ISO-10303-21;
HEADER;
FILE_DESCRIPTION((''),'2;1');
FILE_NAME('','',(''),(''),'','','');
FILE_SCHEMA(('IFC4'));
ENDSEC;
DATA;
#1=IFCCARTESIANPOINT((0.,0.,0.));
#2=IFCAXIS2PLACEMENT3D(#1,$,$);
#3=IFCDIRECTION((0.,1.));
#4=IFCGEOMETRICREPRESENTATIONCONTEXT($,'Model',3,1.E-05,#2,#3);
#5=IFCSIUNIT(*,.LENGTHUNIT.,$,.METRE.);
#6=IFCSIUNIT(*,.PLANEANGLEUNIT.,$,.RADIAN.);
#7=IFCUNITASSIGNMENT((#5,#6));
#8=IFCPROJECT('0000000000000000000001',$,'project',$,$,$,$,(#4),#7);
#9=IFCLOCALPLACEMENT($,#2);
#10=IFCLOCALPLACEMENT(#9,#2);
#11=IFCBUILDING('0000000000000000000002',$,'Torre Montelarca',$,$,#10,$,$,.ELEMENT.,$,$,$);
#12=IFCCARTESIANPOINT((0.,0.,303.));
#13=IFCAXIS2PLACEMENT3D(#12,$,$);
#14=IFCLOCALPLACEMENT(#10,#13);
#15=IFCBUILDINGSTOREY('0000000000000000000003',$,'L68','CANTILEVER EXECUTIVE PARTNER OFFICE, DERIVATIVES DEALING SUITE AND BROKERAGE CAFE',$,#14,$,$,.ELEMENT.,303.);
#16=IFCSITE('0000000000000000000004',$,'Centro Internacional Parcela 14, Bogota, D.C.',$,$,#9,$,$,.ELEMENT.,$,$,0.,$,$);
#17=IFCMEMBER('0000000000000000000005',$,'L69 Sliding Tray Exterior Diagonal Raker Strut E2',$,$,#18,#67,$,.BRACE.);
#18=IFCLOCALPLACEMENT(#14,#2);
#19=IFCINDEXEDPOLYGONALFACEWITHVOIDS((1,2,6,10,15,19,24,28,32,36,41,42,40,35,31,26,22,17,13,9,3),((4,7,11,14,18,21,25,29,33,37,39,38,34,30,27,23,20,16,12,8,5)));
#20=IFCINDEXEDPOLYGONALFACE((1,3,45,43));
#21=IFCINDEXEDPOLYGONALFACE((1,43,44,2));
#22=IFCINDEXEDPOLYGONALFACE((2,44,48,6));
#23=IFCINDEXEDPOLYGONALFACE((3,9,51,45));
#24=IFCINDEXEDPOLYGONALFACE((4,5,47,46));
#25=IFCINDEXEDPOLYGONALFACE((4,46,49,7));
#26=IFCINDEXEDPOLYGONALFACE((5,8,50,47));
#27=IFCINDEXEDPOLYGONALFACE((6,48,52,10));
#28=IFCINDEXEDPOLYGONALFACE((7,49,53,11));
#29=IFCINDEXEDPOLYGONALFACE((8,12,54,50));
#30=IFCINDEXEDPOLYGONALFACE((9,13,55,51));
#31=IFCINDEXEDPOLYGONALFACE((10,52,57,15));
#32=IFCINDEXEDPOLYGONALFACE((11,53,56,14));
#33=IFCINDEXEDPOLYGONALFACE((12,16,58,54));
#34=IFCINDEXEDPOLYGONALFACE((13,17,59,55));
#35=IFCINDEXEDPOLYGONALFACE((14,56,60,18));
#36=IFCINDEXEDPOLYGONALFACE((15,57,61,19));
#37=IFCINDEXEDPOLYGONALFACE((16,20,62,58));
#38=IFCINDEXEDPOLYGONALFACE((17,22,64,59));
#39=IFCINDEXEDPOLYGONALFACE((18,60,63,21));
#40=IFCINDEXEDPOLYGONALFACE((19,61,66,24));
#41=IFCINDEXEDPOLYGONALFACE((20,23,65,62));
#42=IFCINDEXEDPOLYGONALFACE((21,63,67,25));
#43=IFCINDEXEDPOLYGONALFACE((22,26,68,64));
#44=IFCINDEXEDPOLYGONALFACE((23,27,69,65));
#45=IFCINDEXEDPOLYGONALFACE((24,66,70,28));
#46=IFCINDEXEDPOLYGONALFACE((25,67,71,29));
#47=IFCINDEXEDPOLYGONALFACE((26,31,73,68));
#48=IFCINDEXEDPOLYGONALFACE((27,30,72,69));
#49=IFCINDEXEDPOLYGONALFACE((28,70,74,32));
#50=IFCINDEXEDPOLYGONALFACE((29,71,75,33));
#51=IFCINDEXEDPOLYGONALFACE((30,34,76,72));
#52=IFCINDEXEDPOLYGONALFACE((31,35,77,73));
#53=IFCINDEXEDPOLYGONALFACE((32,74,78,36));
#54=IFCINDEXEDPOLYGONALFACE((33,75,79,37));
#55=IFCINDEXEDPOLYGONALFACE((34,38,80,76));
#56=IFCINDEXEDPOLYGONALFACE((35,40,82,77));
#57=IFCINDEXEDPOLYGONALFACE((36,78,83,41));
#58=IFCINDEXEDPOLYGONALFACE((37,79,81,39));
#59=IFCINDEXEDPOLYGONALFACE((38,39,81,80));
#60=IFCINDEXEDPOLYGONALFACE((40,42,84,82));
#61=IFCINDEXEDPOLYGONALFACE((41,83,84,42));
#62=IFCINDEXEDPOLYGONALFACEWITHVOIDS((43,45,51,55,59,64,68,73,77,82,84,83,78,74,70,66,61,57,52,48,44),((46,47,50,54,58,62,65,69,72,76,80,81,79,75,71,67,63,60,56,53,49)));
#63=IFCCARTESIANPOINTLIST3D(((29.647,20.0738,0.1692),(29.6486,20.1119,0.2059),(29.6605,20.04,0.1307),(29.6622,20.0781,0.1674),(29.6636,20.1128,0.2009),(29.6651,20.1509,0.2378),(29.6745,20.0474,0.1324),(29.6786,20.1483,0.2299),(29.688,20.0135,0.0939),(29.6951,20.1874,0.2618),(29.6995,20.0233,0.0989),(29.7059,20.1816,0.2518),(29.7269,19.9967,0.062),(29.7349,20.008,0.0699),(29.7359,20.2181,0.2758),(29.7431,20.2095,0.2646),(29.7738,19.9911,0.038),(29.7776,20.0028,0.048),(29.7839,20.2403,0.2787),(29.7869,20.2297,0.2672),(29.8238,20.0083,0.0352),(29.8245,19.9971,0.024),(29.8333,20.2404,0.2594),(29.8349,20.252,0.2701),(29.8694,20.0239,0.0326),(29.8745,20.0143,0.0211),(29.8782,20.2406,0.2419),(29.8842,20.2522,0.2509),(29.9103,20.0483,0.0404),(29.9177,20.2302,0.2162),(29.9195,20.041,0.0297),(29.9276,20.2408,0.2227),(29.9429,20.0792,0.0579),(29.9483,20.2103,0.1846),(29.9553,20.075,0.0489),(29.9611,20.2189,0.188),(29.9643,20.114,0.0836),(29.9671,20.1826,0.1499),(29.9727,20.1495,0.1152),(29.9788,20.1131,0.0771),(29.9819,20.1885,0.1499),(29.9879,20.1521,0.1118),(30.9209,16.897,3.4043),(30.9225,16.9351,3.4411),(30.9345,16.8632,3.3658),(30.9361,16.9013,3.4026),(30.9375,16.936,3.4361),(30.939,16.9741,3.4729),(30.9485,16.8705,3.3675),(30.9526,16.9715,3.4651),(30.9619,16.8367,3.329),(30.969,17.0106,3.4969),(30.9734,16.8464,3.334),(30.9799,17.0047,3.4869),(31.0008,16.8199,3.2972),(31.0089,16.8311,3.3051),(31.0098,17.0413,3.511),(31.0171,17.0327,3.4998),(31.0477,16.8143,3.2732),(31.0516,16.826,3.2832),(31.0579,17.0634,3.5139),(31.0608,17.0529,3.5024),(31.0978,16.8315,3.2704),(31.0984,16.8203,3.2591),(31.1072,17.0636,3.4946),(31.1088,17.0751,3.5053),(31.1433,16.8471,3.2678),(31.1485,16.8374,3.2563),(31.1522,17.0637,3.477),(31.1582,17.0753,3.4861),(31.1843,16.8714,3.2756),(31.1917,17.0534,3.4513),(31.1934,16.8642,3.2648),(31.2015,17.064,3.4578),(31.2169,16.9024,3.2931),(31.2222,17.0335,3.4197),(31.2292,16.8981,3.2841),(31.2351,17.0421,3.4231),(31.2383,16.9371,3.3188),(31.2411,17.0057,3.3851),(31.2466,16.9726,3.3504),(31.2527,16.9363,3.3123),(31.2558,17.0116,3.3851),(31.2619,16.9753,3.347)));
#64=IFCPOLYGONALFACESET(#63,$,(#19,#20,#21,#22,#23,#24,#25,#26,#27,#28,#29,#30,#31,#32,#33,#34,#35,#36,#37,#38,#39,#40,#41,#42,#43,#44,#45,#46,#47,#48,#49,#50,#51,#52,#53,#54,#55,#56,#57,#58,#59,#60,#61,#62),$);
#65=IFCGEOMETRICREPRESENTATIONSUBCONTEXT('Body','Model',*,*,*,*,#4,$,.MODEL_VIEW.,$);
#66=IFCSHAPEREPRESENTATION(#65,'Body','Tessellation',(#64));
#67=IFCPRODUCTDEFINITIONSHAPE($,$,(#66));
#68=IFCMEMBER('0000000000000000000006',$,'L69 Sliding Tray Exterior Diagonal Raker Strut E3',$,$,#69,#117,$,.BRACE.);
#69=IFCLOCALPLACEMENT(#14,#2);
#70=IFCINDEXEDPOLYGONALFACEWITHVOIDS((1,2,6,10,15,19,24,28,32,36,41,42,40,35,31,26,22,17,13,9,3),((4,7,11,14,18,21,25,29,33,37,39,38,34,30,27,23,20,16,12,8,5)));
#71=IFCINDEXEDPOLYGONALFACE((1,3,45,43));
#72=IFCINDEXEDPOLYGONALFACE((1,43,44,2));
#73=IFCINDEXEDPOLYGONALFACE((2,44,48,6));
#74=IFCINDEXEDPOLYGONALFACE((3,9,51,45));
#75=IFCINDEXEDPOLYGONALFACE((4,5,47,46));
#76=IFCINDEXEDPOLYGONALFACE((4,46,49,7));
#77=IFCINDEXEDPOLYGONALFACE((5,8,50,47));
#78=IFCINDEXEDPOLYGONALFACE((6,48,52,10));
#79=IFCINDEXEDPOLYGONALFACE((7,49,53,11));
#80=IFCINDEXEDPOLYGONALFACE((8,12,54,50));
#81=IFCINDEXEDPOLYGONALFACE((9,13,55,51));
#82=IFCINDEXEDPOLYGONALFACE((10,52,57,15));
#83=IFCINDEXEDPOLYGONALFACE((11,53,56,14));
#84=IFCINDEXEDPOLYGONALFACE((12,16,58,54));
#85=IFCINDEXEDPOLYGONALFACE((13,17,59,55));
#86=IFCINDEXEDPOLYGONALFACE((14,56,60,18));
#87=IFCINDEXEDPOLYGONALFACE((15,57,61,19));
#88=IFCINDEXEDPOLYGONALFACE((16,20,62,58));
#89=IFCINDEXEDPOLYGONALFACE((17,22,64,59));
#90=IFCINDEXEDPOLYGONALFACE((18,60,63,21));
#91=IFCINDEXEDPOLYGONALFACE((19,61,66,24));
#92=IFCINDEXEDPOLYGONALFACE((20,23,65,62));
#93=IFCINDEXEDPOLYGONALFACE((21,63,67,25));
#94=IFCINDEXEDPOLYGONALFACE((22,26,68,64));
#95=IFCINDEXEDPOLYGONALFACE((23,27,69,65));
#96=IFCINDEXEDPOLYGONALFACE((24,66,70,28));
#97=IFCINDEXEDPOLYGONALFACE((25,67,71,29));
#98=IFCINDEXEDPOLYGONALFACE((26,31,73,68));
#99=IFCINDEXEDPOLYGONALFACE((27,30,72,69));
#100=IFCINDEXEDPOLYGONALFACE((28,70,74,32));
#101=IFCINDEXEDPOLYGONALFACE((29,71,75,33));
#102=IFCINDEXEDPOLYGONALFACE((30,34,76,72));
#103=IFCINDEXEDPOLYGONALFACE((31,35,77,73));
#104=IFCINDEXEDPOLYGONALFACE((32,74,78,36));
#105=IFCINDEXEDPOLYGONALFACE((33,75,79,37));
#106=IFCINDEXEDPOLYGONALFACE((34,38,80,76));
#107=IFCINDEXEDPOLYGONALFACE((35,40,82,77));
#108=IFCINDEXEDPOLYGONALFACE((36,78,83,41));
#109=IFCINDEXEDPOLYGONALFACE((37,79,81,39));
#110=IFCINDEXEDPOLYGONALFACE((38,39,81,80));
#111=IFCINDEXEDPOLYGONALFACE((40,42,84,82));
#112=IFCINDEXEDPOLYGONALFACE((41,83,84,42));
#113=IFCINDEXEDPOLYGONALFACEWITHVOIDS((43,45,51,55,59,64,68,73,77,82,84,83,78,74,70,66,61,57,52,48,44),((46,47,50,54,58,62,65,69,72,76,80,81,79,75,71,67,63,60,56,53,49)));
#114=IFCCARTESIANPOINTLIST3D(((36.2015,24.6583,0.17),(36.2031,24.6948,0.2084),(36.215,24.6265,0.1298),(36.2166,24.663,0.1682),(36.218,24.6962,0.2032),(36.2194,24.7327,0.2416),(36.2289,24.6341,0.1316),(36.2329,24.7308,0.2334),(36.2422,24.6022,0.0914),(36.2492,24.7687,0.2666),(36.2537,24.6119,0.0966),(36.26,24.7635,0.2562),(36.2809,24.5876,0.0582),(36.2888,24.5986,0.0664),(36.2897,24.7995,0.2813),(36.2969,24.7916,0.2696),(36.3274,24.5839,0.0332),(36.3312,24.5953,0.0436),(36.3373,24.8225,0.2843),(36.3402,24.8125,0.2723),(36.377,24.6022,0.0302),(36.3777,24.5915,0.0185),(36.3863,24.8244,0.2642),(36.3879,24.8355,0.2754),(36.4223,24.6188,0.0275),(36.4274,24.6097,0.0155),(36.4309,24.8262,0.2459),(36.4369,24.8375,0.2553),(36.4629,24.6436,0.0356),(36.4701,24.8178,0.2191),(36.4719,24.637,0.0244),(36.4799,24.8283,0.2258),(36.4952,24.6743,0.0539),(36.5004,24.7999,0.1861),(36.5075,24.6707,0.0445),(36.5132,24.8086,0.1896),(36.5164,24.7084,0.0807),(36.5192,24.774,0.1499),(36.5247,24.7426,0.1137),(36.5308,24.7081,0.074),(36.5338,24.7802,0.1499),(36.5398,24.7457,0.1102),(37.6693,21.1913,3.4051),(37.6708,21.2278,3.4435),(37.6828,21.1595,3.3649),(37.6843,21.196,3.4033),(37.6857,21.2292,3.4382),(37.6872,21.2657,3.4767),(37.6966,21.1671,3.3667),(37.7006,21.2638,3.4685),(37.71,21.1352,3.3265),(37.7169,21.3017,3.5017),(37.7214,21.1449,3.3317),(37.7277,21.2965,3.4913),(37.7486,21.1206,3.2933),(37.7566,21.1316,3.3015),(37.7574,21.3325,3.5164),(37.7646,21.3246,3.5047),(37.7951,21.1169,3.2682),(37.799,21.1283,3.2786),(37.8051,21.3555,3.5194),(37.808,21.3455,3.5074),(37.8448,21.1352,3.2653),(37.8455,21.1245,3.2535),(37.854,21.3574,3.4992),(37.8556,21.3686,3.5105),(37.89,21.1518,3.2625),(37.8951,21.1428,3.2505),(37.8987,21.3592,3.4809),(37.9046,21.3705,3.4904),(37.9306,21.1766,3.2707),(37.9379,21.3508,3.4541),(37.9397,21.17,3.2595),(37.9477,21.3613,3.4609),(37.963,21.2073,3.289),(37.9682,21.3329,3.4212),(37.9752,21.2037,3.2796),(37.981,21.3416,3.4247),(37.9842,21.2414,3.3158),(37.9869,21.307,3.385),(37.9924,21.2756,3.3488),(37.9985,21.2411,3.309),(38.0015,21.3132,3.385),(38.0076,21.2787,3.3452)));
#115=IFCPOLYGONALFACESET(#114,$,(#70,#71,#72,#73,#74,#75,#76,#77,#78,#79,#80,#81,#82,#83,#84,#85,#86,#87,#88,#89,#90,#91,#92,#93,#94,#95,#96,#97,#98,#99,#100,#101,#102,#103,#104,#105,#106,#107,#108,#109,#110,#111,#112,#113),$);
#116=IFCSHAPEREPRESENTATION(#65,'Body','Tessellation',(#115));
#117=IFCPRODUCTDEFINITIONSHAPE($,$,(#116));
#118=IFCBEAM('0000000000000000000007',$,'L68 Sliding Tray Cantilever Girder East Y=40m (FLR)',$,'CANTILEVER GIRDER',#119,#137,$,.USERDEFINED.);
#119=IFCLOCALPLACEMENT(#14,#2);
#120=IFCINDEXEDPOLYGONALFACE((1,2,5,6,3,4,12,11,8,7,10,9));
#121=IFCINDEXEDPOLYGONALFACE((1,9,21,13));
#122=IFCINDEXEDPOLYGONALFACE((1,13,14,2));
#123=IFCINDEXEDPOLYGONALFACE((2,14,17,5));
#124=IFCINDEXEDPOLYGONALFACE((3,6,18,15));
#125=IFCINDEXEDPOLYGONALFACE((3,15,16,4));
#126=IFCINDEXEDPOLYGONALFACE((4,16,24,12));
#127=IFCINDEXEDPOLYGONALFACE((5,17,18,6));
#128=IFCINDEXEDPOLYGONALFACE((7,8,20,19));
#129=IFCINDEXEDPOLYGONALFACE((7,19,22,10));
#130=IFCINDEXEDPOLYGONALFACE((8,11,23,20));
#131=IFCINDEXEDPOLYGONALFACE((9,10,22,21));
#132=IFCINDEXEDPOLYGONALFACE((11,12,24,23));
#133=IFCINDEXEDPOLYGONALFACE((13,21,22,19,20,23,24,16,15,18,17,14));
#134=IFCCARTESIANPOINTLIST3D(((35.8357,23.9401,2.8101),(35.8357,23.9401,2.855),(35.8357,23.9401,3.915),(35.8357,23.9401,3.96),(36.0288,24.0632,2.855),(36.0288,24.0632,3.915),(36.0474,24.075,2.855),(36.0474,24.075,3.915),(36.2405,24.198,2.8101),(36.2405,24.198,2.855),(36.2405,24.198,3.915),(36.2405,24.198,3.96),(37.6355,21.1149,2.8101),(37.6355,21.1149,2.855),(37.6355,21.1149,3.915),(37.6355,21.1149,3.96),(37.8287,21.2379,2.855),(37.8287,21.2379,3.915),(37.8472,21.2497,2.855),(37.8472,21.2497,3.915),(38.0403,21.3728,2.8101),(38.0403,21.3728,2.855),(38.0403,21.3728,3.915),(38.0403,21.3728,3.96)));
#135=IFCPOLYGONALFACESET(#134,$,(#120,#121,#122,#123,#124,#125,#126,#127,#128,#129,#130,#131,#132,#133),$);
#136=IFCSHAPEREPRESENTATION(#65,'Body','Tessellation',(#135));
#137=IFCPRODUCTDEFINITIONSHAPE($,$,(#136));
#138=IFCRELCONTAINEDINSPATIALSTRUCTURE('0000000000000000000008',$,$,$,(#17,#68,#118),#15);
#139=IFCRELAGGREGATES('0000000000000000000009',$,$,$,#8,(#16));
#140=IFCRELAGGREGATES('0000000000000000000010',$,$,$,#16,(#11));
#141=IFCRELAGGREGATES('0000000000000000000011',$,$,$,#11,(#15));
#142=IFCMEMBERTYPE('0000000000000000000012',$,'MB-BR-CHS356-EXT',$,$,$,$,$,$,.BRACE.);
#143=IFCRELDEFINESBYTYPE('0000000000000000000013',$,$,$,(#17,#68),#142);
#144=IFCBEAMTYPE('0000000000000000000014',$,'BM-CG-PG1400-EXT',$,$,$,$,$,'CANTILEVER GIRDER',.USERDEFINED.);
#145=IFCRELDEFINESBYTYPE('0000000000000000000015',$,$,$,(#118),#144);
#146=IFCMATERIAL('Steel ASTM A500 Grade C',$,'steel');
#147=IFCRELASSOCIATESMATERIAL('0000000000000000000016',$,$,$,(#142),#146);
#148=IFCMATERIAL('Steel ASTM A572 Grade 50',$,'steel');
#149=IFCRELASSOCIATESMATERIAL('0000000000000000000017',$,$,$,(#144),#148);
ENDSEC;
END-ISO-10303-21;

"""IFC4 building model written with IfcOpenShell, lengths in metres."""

from ifc_helpers import new_model, si_unit, direction, frame, origin, origin_2d, place, context, subcontext, project, spatial, hollow_circle, i_section, extrude, source, transform, mapped, material, material_profile, profile_set, type_object, element, save


model = new_model("IFC4")

# Units and contexts
model_context = context("Model", 3, precision=1e-05, world=origin(), true_north=direction((0.0, 1.0)))
body_context = subcontext(model_context, "Body", "Model", "MODEL_VIEW")
ifc_project = project(units=[si_unit("LENGTHUNIT", "METRE"), si_unit("PLANEANGLEUNIT", "RADIAN")], contexts=[model_context])

# Site, building, storey
site_placement = place(None, origin())
site = spatial("IfcSite", under=ifc_project, at=site_placement, Name="Centro Internacional Parcela 14, Bogota, D.C.", CompositionType="ELEMENT", RefElevation=0.0)
building_placement = place(site_placement, origin())
building = spatial("IfcBuilding", under=site, at=building_placement, Name="Torre Montelarca", CompositionType="ELEMENT")
storey_placement = place(building_placement, frame((0.0, 0.0, 303.0)))
storey = spatial("IfcBuildingStorey", under=building, at=storey_placement, Name="L68", Description="CANTILEVER EXECUTIVE PARTNER OFFICE, DERIVATIVES DEALING SUITE AND BROKERAGE CAFE", CompositionType="ELEMENT", Elevation=303.0)

# Members
ifc_material_1 = material(Name="Steel ASTM A500 Grade C", Category="steel")
ifc_material_profile_1 = material_profile(ifc_material_1, hollow_circle(Radius=0.1777, WallThickness=0.0159, at=origin_2d()), Name="HSS355.6X15.9", Category="steel")
ifc_profile_set_1 = profile_set([ifc_material_profile_1], Name="Steel ASTM A500 Grade C")
member_type_1 = type_object("IfcMemberType", Name="MB-BR-CHS356-EXT", PredefinedType="BRACE", material=ifc_profile_set_1)
shared_shape_1 = source(origin(), body_context, "Body", "SweptSolid", [
    extrude(hollow_circle(Radius=0.1777, WallThickness=0.0159, at=origin_2d()), origin(), (0.0, 0.0, 1.0), 4.7097),
])
member_1_placement = place(storey_placement, frame((29.8169, 20.1223, 0.1499), z_axis=(0.270494, -0.674524, 0.686914), x_axis=(0.928152, 0.372202, 0.0)))
element("IfcMember", 1, at=member_1_placement, inside=storey, type_object=member_type_1, Name="L69 Sliding Tray Exterior Diagonal Raker Strut E2", PredefinedType="BRACE", context=body_context, shape_type="MappedRepresentation", body=[
    mapped(shared_shape_1, transform((0.0, 0.0, 0.0), scale=1.0)),
])
shared_shape_2 = source(origin(), body_context, "Body", "SweptSolid", [
    extrude(hollow_circle(Radius=0.1777, WallThickness=0.0159, at=origin_2d()), origin(), (0.0, 0.0, 1.0), 4.9639),
])
member_2_placement = place(storey_placement, frame((36.3701, 24.7109, 0.1499), z_axis=(0.295687, -0.698446, 0.651722), x_axis=(0.920877, 0.389854, 0.0)))
element("IfcMember", 2, at=member_2_placement, inside=storey, type_object=member_type_1, Name="L69 Sliding Tray Exterior Diagonal Raker Strut E3", PredefinedType="BRACE", context=body_context, shape_type="MappedRepresentation", body=[
    mapped(shared_shape_2, transform((0.0, 0.0, 0.0), scale=1.0)),
])

# Beam
ifc_material_2 = material(Name="Steel ASTM A572 Grade 50", Category="steel")
ifc_material_profile_2 = material_profile(ifc_material_2, i_section(OverallWidth=0.48, OverallDepth=1.1499, WebThickness=0.022, FlangeThickness=0.0449, at=origin_2d()), Name="PG1150X480X22X45", Category="steel")
ifc_profile_set_2 = profile_set([ifc_material_profile_2], Name="Steel ASTM A572 Grade 50")
beam_type = type_object("IfcBeamType", Name="BM-CG-PG1400-EXT", ElementType="CANTILEVER GIRDER", PredefinedType="USERDEFINED", material=ifc_profile_set_2)
shared_shape_3 = source(origin(), body_context, "Body", "SweptSolid", [
    extrude(i_section(OverallWidth=0.48, OverallDepth=1.1499, WebThickness=0.022, FlangeThickness=0.0449, at=origin_2d()), origin(), (0.0, 0.0, 1.0), 3.3499),
])
beam_placement = place(storey_placement, frame((36.0381, 24.0691, 3.385), z_axis=(0.53729, -0.843397, 0.0), x_axis=(0.843397, 0.53729, 0.0)))
element("IfcBeam", 3, at=beam_placement, inside=storey, type_object=beam_type, Name="L68 Sliding Tray Cantilever Girder East Y=40m (FLR)", ObjectType="CANTILEVER GIRDER", PredefinedType="USERDEFINED", context=body_context, shape_type="MappedRepresentation", body=[
    mapped(shared_shape_3, transform((0.0, 0.0, 0.0), scale=1.0)),
])

save(model, "model.ifc")
